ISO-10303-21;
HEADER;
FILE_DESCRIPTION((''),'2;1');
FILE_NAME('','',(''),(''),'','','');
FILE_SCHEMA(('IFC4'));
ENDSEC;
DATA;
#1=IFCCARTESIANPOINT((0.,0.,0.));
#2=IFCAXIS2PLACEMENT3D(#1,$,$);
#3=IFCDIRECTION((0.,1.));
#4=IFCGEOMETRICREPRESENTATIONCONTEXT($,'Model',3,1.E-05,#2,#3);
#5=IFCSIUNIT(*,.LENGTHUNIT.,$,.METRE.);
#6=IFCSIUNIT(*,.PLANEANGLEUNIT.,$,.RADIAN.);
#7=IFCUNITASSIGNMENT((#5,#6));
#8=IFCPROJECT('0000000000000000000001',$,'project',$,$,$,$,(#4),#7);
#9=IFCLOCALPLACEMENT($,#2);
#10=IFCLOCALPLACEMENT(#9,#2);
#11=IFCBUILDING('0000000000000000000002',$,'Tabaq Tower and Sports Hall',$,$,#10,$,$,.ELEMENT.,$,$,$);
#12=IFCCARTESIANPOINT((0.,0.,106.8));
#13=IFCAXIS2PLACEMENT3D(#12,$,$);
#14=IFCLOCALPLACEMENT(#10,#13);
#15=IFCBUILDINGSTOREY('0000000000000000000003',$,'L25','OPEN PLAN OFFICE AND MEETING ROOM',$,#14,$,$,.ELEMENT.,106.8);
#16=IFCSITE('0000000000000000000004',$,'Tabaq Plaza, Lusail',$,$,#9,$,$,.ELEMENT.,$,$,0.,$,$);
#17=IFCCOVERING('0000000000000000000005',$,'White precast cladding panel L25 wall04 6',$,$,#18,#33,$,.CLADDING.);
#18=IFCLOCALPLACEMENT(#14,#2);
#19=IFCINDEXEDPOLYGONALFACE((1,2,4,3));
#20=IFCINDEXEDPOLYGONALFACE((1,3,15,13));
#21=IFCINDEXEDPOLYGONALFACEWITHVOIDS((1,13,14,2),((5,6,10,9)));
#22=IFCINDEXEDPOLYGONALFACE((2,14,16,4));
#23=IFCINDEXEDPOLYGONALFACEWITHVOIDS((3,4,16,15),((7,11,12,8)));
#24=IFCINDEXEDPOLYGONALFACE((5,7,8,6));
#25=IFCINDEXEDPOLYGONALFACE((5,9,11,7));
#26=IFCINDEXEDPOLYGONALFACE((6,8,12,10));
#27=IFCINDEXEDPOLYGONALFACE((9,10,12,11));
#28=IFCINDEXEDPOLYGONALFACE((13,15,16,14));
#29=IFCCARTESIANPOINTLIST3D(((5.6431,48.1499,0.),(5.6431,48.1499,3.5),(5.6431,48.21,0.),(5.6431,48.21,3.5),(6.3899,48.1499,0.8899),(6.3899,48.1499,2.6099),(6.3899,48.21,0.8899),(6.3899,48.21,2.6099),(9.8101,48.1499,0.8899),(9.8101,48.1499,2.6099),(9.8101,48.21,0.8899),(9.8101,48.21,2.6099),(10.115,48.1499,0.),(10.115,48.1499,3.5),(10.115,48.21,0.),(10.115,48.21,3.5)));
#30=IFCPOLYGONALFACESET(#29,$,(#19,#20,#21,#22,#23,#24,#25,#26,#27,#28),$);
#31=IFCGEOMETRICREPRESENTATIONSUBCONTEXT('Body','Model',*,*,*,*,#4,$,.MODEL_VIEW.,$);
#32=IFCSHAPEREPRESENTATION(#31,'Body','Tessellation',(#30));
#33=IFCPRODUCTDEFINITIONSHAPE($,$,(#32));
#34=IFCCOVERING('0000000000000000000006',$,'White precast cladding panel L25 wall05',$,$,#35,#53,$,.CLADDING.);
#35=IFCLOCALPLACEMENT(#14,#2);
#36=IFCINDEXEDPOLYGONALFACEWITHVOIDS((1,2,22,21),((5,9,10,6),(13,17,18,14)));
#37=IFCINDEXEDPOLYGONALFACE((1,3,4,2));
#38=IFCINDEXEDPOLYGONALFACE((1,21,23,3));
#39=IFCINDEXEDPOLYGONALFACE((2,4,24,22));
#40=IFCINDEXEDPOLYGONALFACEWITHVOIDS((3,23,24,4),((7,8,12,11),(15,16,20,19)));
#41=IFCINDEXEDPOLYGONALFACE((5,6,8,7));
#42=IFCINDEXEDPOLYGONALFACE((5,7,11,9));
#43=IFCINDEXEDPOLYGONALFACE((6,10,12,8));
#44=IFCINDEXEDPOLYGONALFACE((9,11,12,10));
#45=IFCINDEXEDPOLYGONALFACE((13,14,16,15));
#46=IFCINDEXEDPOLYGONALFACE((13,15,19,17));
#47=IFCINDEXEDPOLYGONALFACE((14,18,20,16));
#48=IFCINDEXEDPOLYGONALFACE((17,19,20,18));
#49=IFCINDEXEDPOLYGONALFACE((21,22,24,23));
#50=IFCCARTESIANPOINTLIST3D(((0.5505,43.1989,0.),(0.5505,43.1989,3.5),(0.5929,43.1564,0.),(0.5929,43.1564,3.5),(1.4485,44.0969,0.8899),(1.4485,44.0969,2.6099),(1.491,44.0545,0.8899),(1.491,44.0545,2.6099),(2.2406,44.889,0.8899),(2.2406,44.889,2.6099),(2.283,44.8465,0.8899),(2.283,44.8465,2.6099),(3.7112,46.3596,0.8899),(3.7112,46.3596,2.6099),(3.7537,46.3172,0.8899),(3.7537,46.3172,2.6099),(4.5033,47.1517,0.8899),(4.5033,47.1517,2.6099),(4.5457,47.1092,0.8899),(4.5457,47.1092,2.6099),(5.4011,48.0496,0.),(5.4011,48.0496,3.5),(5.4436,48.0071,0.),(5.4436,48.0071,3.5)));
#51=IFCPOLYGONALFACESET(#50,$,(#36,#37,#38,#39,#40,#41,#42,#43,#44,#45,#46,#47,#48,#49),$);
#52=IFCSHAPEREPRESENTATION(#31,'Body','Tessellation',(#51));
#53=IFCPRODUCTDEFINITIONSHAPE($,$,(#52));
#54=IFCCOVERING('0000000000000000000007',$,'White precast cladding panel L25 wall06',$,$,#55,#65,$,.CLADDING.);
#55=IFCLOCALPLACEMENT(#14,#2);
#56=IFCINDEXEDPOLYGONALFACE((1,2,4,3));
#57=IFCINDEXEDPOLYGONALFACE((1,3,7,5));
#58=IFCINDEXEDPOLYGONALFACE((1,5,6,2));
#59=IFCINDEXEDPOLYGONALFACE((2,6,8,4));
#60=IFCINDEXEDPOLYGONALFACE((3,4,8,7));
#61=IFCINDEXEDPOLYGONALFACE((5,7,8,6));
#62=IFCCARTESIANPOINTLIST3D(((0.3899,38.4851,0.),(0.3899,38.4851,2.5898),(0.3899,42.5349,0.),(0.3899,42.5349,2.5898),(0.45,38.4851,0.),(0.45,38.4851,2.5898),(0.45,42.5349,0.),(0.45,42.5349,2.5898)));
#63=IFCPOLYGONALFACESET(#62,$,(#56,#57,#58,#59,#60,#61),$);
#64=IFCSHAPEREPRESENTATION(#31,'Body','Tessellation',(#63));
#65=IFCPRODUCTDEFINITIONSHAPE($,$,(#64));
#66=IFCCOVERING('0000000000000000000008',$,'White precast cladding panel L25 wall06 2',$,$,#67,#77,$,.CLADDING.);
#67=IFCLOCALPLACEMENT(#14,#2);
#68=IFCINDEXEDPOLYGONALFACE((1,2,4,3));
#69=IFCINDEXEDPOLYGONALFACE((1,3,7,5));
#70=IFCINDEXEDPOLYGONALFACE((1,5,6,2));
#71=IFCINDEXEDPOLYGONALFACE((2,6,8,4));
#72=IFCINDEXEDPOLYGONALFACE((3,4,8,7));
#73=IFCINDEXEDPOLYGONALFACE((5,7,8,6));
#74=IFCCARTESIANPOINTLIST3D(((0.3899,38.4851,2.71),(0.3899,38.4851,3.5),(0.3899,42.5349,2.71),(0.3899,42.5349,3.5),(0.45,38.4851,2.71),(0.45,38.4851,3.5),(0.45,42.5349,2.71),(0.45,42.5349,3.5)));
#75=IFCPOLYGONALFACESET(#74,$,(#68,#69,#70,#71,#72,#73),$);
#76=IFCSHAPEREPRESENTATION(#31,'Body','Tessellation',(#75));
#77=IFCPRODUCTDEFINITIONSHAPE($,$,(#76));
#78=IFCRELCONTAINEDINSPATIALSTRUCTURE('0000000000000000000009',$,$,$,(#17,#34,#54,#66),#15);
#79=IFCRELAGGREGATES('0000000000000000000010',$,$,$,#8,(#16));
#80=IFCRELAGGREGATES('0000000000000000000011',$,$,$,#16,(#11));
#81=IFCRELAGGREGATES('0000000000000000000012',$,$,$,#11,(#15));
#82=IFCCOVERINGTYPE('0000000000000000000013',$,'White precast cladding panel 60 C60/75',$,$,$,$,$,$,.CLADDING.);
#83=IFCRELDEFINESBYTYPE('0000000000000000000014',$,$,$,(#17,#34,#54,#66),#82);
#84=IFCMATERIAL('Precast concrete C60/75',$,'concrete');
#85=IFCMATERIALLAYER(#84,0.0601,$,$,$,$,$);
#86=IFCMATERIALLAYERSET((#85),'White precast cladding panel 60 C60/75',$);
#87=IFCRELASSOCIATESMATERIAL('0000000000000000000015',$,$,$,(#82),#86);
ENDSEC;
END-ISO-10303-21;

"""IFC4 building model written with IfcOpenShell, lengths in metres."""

from ifc_helpers import new_model, si_unit, direction, frame, frame_2d, origin, place, context, subcontext, project, spatial, polyline, rectangle, outline, extrude, material, layer, layer_set, type_object, element, save


model = new_model("IFC4")

# Units and contexts
model_context = context("Model", 3, precision=1e-05, world=origin(), true_north=direction((0.0, 1.0)))
body_context = subcontext(model_context, "Body", "Model", "MODEL_VIEW")
ifc_project = project(units=[si_unit("LENGTHUNIT", "METRE"), si_unit("PLANEANGLEUNIT", "RADIAN")], contexts=[model_context])

# Site, building, storey
site_placement = place(None, origin())
site = spatial("IfcSite", under=ifc_project, at=site_placement, Name="Tabaq Plaza, Lusail", CompositionType="ELEMENT", RefElevation=0.0)
building_placement = place(site_placement, origin())
building = spatial("IfcBuilding", under=site, at=building_placement, Name="Tabaq Tower and Sports Hall", CompositionType="ELEMENT")
storey_placement = place(building_placement, frame((0.0, 0.0, 106.8)))
storey = spatial("IfcBuildingStorey", under=building, at=storey_placement, Name="L25", Description="OPEN PLAN OFFICE AND MEETING ROOM", CompositionType="ELEMENT", Elevation=106.8)

# Coverings
ifc_material_1 = material(Name="Precast concrete C60/75", Category="concrete")
ifc_layer_1 = layer(ifc_material_1, 0.0601)
ifc_layer_set_1 = layer_set([ifc_layer_1], Name="White precast cladding panel 60 C60/75")
covering_type_1 = type_object("IfcCoveringType", Name="White precast cladding panel 60 C60/75", PredefinedType="CLADDING", material=ifc_layer_set_1)
covering_1_placement = place(storey_placement, frame((10.115, 48.1799, 0.0), z_axis=(0.0, 0.0, 1.0), x_axis=(-1.0, 0.0, 0.0)))
element("IfcCovering", 1, at=covering_1_placement, inside=storey, type_object=covering_type_1, Name="White precast cladding panel L25 wall04 6", PredefinedType="CLADDING", context=body_context, shape_type="SweptSolid", body=[
    extrude(outline(polyline([(0.0, 0.0), (4.4719, 0.0), (4.4719, 3.5), (0.0, 3.5), (0.0, 0.0)]), holes=[polyline([(0.3049, 0.8899), (0.3049, 2.6099), (3.7251, 2.6099), (3.7251, 0.8899), (0.3049, 0.8899)])]), frame((0.0, 0.03, 0.0), z_axis=(0.0, -1.0, 0.0), x_axis=(1.0, 0.0, 0.0)), (0.0, 0.0, 1.0), 0.0601),
])
covering_2_placement = place(storey_placement, frame((5.4224, 48.0283, 0.0), z_axis=(0.0, 0.0, 1.0), x_axis=(-0.707107, -0.707107, 0.0)))
element("IfcCovering", 2, at=covering_2_placement, inside=storey, type_object=covering_type_1, Name="White precast cladding panel L25 wall05", PredefinedType="CLADDING", context=body_context, shape_type="SweptSolid", body=[
    extrude(outline(polyline([(0.0, 0.0), (6.8599, 0.0), (6.8599, 3.5), (0.0, 3.5), (0.0, 0.0)]), holes=[polyline([(1.2698, 2.6099), (2.3899, 2.6099), (2.3899, 0.8899), (1.2698, 0.8899), (1.2698, 2.6099)]), polyline([(4.4697, 2.6099), (5.5898, 2.6099), (5.5898, 0.8899), (4.4697, 0.8899), (4.4697, 2.6099)])]), frame((0.0, 0.03, 0.0), z_axis=(0.0, -1.0, 0.0), x_axis=(1.0, 0.0, 0.0)), (0.0, 0.0, 1.0), 0.0601),
])
covering_3_placement = place(storey_placement, frame((0.4199, 42.5349, 0.0), z_axis=(0.0, 0.0, 1.0), x_axis=(0.0, -1.0, 0.0)))
element("IfcCovering", 3, at=covering_3_placement, inside=storey, type_object=covering_type_1, Name="White precast cladding panel L25 wall06", PredefinedType="CLADDING", context=body_context, shape_type="SweptSolid", body=[
    extrude(rectangle(XDim=4.0498, YDim=0.0601, at=frame_2d((2.0249, 0.0))), origin(), (0.0, 0.0, 1.0), 2.5898),
])
covering_4_placement = place(storey_placement, frame((0.4199, 42.5349, 2.71), z_axis=(0.0, 0.0, 1.0), x_axis=(0.0, -1.0, 0.0)))
element("IfcCovering", 4, at=covering_4_placement, inside=storey, type_object=covering_type_1, Name="White precast cladding panel L25 wall06 2", PredefinedType="CLADDING", context=body_context, shape_type="SweptSolid", body=[
    extrude(rectangle(XDim=4.0498, YDim=0.0601, at=frame_2d((2.0249, 0.0))), origin(), (0.0, 0.0, 1.0), 0.79),
])

save(model, "model.ifc")
